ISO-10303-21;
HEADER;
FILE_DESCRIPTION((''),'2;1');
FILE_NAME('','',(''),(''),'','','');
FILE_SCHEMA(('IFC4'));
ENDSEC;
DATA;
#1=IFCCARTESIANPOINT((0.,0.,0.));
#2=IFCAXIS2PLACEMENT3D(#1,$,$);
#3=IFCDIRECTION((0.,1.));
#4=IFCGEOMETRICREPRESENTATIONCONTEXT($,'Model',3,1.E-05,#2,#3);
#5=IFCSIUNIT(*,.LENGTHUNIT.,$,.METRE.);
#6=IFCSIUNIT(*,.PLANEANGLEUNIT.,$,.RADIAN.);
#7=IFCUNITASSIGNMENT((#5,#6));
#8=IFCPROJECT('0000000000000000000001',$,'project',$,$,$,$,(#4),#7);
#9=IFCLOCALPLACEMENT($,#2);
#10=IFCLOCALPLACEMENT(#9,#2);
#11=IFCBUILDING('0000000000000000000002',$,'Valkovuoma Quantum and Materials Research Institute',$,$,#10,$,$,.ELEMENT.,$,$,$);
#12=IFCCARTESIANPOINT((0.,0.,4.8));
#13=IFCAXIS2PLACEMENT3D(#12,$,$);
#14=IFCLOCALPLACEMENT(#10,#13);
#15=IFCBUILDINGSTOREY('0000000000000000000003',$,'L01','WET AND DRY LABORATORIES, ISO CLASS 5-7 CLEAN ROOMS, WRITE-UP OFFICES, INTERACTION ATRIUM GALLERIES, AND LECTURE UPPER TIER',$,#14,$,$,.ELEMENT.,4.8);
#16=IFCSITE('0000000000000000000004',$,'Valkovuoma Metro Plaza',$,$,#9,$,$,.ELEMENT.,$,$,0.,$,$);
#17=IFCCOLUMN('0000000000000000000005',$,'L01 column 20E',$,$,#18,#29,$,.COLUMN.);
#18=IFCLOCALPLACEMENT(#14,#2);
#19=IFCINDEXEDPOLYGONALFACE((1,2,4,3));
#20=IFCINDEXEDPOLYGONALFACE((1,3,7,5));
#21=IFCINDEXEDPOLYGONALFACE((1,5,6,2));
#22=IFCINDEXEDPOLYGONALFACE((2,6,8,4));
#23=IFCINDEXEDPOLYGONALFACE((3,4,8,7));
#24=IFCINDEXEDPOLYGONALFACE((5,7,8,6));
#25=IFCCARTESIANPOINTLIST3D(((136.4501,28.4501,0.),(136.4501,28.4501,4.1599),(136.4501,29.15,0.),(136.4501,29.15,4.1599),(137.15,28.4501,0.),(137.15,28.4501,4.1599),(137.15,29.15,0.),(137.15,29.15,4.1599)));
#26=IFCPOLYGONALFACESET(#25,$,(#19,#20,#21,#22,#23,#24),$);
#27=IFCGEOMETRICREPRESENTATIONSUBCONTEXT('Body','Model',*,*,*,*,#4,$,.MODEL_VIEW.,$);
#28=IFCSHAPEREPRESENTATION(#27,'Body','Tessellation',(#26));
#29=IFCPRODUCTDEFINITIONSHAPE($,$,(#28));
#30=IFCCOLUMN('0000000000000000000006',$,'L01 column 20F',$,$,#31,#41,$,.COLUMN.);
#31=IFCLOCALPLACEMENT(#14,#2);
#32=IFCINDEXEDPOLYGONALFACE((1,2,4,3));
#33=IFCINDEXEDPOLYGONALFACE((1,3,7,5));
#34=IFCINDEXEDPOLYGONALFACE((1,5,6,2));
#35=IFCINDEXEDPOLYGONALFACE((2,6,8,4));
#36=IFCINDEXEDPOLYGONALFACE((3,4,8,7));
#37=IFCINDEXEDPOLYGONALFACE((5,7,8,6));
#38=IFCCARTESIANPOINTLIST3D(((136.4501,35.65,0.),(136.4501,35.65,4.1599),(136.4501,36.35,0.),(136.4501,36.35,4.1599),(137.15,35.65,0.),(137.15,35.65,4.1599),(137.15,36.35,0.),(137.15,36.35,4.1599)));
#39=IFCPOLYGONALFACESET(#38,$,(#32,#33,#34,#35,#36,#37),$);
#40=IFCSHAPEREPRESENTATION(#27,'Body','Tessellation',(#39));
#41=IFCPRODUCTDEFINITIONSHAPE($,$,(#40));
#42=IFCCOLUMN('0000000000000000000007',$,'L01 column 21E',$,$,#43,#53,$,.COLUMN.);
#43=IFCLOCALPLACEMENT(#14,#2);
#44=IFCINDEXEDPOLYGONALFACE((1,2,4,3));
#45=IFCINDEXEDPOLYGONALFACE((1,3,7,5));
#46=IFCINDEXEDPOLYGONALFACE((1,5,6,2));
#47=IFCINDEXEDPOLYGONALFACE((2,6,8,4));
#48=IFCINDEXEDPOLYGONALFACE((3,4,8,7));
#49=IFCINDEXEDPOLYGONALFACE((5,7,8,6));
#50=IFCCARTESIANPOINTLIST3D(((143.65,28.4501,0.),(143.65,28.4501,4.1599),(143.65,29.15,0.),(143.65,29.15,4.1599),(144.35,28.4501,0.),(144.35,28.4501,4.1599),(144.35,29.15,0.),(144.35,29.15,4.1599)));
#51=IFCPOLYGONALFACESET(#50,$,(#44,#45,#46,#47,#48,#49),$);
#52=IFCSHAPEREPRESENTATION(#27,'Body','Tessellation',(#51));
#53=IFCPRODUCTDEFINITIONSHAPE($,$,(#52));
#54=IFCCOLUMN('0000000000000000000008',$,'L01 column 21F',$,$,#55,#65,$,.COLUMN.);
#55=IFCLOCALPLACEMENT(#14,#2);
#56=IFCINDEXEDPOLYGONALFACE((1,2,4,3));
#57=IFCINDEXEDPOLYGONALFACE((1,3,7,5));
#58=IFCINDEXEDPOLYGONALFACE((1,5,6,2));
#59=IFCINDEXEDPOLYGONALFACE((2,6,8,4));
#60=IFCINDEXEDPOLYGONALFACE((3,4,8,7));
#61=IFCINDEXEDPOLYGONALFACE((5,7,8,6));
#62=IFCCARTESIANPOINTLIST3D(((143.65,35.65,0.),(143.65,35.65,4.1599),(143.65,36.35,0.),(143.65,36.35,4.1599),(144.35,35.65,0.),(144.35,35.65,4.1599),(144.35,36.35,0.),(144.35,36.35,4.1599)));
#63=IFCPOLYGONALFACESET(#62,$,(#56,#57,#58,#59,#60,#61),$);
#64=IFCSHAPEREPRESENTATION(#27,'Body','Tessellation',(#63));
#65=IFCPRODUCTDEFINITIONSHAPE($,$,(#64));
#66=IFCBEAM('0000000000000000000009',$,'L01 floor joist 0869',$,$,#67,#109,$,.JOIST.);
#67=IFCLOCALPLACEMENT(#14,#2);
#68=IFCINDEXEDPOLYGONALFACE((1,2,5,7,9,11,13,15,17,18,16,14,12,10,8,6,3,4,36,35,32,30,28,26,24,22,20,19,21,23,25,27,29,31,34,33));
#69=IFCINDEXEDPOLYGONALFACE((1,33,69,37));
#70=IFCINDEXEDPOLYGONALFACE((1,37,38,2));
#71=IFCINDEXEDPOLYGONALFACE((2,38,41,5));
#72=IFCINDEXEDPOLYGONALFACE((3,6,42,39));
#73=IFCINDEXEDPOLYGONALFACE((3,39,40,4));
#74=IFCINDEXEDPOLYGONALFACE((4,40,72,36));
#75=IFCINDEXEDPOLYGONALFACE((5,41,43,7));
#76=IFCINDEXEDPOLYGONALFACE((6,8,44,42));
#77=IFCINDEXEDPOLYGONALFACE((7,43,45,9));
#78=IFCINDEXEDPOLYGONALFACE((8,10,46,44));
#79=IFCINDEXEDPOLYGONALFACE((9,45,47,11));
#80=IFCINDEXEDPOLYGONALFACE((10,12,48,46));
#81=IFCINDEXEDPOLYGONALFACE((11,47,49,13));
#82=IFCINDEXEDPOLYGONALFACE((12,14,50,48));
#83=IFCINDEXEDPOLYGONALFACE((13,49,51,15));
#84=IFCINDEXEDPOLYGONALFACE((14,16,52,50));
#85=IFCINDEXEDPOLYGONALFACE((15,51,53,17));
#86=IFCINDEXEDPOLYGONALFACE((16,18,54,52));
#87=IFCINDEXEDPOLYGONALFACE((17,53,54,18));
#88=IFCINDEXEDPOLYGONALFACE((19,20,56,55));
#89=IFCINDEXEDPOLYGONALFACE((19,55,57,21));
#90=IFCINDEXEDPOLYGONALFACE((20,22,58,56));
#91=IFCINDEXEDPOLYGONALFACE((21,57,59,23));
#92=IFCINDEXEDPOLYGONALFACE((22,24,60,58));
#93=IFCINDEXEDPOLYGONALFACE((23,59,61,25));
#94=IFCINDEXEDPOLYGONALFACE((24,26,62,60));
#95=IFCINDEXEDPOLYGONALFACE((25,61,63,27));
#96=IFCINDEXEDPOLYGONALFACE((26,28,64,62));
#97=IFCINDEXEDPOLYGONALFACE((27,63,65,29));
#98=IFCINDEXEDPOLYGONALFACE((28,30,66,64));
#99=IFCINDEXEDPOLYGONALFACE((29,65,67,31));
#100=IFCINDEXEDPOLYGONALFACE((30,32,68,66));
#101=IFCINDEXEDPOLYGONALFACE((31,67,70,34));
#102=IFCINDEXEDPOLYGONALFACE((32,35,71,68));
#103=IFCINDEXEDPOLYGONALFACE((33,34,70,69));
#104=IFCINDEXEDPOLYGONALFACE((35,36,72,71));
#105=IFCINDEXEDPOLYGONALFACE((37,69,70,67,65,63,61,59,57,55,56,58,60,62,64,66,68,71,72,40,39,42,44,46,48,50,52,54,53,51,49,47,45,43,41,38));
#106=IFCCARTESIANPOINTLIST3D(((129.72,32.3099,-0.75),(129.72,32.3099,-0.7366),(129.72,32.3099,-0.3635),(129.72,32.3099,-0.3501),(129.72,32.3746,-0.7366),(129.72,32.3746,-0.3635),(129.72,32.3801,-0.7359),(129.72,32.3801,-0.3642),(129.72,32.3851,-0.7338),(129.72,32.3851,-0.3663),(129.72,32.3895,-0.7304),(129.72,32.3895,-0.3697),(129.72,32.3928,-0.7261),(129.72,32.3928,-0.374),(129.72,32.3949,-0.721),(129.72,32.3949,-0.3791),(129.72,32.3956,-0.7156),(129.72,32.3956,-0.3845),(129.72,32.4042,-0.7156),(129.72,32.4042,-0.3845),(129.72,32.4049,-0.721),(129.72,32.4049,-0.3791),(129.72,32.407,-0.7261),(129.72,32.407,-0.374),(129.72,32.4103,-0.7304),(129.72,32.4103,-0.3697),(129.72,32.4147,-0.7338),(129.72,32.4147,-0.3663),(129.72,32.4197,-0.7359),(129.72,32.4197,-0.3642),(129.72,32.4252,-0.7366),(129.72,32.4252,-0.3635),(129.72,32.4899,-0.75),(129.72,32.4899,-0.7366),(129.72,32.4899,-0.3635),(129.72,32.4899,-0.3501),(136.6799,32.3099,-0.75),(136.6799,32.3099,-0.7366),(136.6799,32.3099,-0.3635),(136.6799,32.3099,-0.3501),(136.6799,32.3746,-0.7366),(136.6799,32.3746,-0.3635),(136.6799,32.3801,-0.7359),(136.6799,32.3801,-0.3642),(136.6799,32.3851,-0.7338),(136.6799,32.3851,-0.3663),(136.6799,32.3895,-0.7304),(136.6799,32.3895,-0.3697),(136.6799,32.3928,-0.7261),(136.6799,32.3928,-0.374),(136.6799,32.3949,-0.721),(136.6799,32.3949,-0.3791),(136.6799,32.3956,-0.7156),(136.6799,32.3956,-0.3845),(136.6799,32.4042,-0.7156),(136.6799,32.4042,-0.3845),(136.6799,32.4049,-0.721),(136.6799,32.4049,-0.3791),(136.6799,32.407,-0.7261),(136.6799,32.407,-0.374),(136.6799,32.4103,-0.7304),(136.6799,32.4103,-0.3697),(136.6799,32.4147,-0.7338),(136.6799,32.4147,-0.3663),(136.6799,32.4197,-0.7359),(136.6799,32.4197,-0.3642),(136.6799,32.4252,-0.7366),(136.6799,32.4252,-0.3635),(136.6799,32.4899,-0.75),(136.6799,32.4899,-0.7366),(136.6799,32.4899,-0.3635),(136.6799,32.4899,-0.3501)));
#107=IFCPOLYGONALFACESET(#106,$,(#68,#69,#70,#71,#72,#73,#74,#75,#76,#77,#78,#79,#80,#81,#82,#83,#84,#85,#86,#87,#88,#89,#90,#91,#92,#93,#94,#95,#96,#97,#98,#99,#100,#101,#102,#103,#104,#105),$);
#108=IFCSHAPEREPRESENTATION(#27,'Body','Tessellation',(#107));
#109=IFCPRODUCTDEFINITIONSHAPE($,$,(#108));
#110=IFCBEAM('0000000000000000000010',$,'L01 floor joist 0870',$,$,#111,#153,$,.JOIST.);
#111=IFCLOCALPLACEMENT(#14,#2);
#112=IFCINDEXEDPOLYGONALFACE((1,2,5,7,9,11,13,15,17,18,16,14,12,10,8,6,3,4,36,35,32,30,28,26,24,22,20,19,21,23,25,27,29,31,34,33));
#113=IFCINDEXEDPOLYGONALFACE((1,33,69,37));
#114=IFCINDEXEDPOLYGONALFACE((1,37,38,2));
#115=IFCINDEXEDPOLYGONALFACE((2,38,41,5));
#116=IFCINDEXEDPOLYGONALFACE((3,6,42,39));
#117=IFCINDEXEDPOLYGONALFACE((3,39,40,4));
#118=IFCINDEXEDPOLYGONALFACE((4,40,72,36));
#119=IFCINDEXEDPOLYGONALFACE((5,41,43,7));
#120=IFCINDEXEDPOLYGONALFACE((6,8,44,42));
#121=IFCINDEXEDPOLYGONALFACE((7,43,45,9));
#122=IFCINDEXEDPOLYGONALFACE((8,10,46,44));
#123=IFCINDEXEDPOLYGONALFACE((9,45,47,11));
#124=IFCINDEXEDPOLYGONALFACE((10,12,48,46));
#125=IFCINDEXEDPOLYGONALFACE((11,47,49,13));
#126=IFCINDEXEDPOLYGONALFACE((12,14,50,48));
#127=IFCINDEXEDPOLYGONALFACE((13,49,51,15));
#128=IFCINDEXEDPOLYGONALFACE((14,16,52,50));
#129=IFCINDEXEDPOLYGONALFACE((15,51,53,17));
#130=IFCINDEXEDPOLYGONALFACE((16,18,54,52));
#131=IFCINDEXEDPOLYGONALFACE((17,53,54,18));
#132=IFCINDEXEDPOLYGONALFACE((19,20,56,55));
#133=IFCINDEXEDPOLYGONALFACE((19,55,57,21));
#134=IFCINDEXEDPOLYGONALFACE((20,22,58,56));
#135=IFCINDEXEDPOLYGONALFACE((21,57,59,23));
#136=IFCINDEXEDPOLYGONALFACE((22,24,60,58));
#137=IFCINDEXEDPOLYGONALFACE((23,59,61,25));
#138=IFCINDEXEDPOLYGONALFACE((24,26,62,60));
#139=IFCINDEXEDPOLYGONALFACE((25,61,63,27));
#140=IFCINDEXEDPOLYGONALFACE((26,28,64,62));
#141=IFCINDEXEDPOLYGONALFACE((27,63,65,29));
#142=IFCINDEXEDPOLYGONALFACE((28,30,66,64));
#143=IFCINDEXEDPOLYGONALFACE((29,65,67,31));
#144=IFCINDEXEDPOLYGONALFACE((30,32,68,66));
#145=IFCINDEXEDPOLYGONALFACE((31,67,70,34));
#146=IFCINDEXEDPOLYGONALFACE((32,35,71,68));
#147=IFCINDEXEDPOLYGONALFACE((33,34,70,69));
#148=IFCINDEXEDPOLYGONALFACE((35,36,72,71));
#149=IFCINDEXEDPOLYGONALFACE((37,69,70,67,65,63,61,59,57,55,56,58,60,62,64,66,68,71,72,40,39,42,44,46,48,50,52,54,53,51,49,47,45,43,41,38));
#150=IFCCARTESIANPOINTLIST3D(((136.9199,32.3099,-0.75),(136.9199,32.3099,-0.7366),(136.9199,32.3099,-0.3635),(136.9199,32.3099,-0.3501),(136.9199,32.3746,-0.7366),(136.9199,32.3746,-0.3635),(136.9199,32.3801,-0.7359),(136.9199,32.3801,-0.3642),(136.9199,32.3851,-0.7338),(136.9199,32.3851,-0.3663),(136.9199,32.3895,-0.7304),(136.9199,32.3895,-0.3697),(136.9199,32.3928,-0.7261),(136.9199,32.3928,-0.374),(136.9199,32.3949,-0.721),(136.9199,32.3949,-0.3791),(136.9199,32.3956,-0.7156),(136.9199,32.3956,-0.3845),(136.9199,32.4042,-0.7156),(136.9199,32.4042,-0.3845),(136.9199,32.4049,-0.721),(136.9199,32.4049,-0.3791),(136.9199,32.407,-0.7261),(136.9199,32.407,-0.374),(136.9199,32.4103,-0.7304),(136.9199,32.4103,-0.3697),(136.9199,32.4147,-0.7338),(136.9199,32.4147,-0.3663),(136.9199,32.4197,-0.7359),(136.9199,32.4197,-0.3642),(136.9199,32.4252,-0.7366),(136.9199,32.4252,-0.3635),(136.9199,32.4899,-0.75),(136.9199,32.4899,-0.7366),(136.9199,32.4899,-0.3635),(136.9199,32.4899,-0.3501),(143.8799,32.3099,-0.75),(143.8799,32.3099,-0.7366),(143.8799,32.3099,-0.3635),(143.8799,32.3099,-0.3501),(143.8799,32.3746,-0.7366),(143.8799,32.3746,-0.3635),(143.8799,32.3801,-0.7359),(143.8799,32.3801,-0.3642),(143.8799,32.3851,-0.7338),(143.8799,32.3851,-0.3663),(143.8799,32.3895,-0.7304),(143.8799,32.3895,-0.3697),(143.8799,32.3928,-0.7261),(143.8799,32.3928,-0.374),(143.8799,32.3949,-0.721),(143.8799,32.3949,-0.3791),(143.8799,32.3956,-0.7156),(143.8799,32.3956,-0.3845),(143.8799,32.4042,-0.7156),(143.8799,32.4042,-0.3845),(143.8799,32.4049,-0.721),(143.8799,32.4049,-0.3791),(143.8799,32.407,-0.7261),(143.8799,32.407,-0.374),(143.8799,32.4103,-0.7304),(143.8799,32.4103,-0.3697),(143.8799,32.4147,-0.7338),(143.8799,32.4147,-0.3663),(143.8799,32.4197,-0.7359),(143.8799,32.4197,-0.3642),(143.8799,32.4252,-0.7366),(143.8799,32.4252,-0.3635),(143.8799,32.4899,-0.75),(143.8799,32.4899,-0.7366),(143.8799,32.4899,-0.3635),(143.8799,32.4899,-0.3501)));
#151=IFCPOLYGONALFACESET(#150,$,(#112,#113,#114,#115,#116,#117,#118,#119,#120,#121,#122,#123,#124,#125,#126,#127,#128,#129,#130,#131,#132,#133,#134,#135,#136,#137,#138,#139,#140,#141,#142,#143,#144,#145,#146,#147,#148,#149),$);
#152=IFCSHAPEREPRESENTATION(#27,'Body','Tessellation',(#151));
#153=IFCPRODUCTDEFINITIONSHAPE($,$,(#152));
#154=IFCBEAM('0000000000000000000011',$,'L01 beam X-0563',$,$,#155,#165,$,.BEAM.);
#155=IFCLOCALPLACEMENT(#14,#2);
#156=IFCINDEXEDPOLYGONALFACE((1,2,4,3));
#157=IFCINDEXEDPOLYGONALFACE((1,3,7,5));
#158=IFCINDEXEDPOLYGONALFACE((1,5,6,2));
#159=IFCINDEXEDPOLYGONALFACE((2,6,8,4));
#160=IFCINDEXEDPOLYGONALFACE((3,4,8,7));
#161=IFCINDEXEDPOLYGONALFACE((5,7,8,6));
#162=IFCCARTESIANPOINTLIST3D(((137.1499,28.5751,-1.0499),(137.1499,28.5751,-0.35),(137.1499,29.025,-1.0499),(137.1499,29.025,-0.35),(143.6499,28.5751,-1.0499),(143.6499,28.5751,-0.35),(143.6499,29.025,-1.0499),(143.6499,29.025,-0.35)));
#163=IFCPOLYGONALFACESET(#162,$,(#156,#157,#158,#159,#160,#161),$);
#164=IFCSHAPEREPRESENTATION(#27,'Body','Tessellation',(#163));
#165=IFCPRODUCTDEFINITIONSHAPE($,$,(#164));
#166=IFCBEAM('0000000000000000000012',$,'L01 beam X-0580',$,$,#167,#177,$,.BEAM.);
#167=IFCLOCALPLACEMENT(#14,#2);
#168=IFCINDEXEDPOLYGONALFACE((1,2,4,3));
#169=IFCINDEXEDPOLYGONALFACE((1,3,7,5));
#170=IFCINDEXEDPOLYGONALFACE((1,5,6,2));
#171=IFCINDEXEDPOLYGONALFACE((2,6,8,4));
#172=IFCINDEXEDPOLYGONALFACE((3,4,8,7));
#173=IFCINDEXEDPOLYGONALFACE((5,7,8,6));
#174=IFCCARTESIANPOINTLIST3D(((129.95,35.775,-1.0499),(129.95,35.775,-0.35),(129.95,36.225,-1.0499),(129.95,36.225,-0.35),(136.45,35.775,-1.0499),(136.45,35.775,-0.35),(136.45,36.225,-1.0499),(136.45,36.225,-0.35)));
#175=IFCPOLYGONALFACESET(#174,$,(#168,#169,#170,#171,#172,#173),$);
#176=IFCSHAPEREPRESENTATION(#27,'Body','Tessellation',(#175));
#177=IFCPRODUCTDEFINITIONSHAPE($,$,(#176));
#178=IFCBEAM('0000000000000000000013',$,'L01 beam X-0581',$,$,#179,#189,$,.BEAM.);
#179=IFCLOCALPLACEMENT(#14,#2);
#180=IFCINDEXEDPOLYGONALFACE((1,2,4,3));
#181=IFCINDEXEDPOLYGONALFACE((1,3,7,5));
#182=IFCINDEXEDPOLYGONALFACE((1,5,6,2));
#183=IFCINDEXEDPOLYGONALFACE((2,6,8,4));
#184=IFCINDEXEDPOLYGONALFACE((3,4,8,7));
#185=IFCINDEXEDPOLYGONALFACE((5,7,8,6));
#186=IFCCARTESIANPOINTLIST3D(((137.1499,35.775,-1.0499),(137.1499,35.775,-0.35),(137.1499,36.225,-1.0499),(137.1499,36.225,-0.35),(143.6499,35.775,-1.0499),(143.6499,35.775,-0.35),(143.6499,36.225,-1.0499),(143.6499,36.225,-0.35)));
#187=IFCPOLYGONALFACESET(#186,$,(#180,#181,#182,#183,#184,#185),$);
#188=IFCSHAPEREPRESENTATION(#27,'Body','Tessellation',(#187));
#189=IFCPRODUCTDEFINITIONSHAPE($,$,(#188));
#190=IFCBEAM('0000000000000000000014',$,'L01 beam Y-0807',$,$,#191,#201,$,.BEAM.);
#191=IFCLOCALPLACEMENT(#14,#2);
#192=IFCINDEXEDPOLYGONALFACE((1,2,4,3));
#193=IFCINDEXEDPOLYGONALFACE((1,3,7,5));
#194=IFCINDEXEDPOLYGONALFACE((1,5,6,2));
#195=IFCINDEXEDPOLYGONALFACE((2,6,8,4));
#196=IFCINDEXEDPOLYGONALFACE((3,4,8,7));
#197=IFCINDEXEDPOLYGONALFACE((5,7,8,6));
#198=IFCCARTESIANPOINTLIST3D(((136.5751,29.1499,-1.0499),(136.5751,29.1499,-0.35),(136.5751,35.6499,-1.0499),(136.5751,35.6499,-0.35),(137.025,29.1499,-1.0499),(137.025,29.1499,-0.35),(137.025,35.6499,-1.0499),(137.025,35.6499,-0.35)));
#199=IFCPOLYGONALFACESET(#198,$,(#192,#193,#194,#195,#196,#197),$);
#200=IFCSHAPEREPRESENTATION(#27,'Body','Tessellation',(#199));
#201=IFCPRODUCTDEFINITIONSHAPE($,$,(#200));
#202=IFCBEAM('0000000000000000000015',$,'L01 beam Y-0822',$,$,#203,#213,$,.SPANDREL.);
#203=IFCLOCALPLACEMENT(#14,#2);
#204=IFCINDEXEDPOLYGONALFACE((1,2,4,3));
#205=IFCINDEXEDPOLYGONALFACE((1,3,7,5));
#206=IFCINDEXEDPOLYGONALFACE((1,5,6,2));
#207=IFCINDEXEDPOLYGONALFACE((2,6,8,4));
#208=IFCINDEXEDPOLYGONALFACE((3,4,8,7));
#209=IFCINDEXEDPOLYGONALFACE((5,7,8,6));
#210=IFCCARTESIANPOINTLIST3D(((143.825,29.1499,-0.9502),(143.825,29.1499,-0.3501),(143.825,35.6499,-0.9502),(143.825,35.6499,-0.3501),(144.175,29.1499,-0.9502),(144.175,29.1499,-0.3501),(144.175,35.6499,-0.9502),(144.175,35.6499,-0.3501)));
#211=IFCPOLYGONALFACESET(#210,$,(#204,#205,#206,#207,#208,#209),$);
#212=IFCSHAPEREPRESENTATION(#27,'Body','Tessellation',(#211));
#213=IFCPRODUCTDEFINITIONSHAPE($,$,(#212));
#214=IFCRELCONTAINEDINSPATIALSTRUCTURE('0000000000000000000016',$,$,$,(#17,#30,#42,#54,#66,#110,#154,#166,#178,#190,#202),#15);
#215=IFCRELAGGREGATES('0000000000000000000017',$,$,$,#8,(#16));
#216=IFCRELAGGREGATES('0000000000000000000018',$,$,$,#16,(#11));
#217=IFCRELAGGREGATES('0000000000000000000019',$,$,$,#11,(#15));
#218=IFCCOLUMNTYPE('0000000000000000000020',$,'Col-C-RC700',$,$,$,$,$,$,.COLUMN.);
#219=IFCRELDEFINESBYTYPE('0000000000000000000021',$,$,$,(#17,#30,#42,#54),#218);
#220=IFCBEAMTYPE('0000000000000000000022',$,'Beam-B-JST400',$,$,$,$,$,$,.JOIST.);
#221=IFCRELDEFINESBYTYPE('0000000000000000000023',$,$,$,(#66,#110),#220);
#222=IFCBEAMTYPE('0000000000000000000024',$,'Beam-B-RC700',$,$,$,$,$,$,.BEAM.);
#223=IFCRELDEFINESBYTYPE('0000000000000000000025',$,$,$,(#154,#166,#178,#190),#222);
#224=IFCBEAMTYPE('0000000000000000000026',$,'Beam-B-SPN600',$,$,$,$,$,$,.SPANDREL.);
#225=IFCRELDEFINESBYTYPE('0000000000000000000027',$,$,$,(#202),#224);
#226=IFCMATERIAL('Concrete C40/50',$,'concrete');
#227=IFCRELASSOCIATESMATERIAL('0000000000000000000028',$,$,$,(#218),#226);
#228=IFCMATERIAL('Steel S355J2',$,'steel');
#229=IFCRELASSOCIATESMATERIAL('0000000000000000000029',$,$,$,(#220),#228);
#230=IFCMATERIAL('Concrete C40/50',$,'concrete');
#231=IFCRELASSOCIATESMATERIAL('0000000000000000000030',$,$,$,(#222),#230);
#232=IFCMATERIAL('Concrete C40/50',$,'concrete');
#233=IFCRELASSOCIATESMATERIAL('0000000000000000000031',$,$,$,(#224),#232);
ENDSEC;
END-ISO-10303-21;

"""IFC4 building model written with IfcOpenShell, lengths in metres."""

from ifc_helpers import new_model, si_unit, direction, frame, origin, origin_2d, place, context, subcontext, project, spatial, rectangle, i_section, extrude, material, material_profile, profile_set, type_object, element, save


model = new_model("IFC4")

# Units and contexts
model_context = context("Model", 3, precision=1e-05, world=origin(), true_north=direction((0.0, 1.0)))
body_context = subcontext(model_context, "Body", "Model", "MODEL_VIEW")
ifc_project = project(units=[si_unit("LENGTHUNIT", "METRE"), si_unit("PLANEANGLEUNIT", "RADIAN")], contexts=[model_context])

# Site, building, storey
site_placement = place(None, origin())
site = spatial("IfcSite", under=ifc_project, at=site_placement, Name="Valkovuoma Metro Plaza", CompositionType="ELEMENT", RefElevation=0.0)
building_placement = place(site_placement, origin())
building = spatial("IfcBuilding", under=site, at=building_placement, Name="Valkovuoma Quantum and Materials Research Institute", CompositionType="ELEMENT")
storey_placement = place(building_placement, frame((0.0, 0.0, 4.8)))
storey = spatial("IfcBuildingStorey", under=building, at=storey_placement, Name="L01", Description="WET AND DRY LABORATORIES, ISO CLASS 5-7 CLEAN ROOMS, WRITE-UP OFFICES, INTERACTION ATRIUM GALLERIES, AND LECTURE UPPER TIER", CompositionType="ELEMENT", Elevation=4.8)

# Columns
ifc_material_1 = material(Name="Concrete C40/50", Category="concrete")
ifc_material_profile_1 = material_profile(ifc_material_1, rectangle(XDim=0.7, YDim=0.7, at=origin_2d()), Name="Concrete C40/50")
ifc_profile_set_1 = profile_set([ifc_material_profile_1], Name="Concrete C40/50")
column_type = type_object("IfcColumnType", Name="Col-C-RC700", PredefinedType="COLUMN", material=ifc_profile_set_1)
for number, where, z_axis, x_axis, name in (
    (1, (136.8, 28.8, 0.0), (0.0, 0.0, 1.0), (1.0, 0.0, 0.0), "L01 column 20E"),
    (2, (136.8, 36.0, 0.0), (0.0, 0.0, 1.0), (1.0, 0.0, 0.0), "L01 column 20F"),
    (3, (144.0, 28.8, 0.0), (0.0, 0.0, 1.0), (1.0, 0.0, 0.0), "L01 column 21E"),
    (4, (144.0, 36.0, 0.0), (0.0, 0.0, 1.0), (1.0, 0.0, 0.0), "L01 column 21F"),
):
    element("IfcColumn", number, at=place(storey_placement, frame(where, z_axis=z_axis, x_axis=x_axis)), inside=storey, type_object=column_type, Name=name, PredefinedType="COLUMN", context=body_context, shape_type="SweptSolid", body=[
        extrude(rectangle(XDim=0.7, YDim=0.7, at=origin_2d()), origin(), (0.0, 0.0, 1.0), 4.1599),
    ])

# Beams
ifc_material_2 = material(Name="Steel S355J2", Category="steel")
ifc_material_profile_2 = material_profile(ifc_material_2, i_section(OverallWidth=0.1799, OverallDepth=0.3999, WebThickness=0.0085, FlangeThickness=0.0134, FilletRadius=0.021, at=origin_2d()), Name="Steel S355J2")
ifc_profile_set_2 = profile_set([ifc_material_profile_2], Name="Steel S355J2")
beam_type_1 = type_object("IfcBeamType", Name="Beam-B-JST400", PredefinedType="JOIST", material=ifc_profile_set_2)
for number, where, z_axis, x_axis, name in (
    (5, (129.72, 32.3999, -0.55), (1.0, 0.0, 0.0), (0.0, 1.0, 0.0), "L01 floor joist 0869"),
    (6, (136.9199, 32.3999, -0.55), (1.0, 0.0, 0.0), (0.0, 1.0, 0.0), "L01 floor joist 0870"),
):
    element("IfcBeam", number, at=place(storey_placement, frame(where, z_axis=z_axis, x_axis=x_axis)), inside=storey, type_object=beam_type_1, Name=name, PredefinedType="JOIST", context=body_context, shape_type="SweptSolid", body=[
        extrude(i_section(OverallWidth=0.1799, OverallDepth=0.3999, WebThickness=0.0085, FlangeThickness=0.0134, FilletRadius=0.021, at=origin_2d()), origin(), (0.0, 0.0, 1.0), 6.96),
    ])
ifc_material_3 = material(Name="Concrete C40/50", Category="concrete")
ifc_material_profile_3 = material_profile(ifc_material_3, rectangle(XDim=0.45, YDim=0.7, at=origin_2d()), Name="Concrete C40/50")
ifc_profile_set_3 = profile_set([ifc_material_profile_3], Name="Concrete C40/50")
beam_type_2 = type_object("IfcBeamType", Name="Beam-B-RC700", PredefinedType="BEAM", material=ifc_profile_set_3)
for number, where, z_axis, x_axis, name in (
    (7, (137.1499, 28.8, -0.7), (1.0, 0.0, 0.0), (0.0, 1.0, 0.0), "L01 beam X-0563"),
    (8, (129.95, 36.0, -0.7), (1.0, 0.0, 0.0), (0.0, 1.0, 0.0), "L01 beam X-0580"),
    (9, (137.1499, 36.0, -0.7), (1.0, 0.0, 0.0), (0.0, 1.0, 0.0), "L01 beam X-0581"),
    (10, (136.8, 29.1499, -0.7), (0.0, 1.0, 0.0), (-1.0, 0.0, 0.0), "L01 beam Y-0807"),
):
    element("IfcBeam", number, at=place(storey_placement, frame(where, z_axis=z_axis, x_axis=x_axis)), inside=storey, type_object=beam_type_2, Name=name, PredefinedType="BEAM", context=body_context, shape_type="SweptSolid", body=[
        extrude(rectangle(XDim=0.45, YDim=0.7, at=origin_2d()), origin(), (0.0, 0.0, 1.0), 6.5),
    ])
ifc_material_4 = material(Name="Concrete C40/50", Category="concrete")
ifc_material_profile_4 = material_profile(ifc_material_4, rectangle(XDim=0.3501, YDim=0.6001, at=origin_2d()), Name="Concrete C40/50")
ifc_profile_set_4 = profile_set([ifc_material_profile_4], Name="Concrete C40/50")
beam_type_3 = type_object("IfcBeamType", Name="Beam-B-SPN600", PredefinedType="SPANDREL", material=ifc_profile_set_4)
beam_placement = place(storey_placement, frame((144.0, 29.1499, -0.6501), z_axis=(0.0, 1.0, 0.0), x_axis=(-1.0, 0.0, 0.0)))
element("IfcBeam", 11, at=beam_placement, inside=storey, type_object=beam_type_3, Name="L01 beam Y-0822", PredefinedType="SPANDREL", context=body_context, shape_type="SweptSolid", body=[
    extrude(rectangle(XDim=0.3501, YDim=0.6001, at=origin_2d()), origin(), (0.0, 0.0, 1.0), 6.5),
])

save(model, "model.ifc")
